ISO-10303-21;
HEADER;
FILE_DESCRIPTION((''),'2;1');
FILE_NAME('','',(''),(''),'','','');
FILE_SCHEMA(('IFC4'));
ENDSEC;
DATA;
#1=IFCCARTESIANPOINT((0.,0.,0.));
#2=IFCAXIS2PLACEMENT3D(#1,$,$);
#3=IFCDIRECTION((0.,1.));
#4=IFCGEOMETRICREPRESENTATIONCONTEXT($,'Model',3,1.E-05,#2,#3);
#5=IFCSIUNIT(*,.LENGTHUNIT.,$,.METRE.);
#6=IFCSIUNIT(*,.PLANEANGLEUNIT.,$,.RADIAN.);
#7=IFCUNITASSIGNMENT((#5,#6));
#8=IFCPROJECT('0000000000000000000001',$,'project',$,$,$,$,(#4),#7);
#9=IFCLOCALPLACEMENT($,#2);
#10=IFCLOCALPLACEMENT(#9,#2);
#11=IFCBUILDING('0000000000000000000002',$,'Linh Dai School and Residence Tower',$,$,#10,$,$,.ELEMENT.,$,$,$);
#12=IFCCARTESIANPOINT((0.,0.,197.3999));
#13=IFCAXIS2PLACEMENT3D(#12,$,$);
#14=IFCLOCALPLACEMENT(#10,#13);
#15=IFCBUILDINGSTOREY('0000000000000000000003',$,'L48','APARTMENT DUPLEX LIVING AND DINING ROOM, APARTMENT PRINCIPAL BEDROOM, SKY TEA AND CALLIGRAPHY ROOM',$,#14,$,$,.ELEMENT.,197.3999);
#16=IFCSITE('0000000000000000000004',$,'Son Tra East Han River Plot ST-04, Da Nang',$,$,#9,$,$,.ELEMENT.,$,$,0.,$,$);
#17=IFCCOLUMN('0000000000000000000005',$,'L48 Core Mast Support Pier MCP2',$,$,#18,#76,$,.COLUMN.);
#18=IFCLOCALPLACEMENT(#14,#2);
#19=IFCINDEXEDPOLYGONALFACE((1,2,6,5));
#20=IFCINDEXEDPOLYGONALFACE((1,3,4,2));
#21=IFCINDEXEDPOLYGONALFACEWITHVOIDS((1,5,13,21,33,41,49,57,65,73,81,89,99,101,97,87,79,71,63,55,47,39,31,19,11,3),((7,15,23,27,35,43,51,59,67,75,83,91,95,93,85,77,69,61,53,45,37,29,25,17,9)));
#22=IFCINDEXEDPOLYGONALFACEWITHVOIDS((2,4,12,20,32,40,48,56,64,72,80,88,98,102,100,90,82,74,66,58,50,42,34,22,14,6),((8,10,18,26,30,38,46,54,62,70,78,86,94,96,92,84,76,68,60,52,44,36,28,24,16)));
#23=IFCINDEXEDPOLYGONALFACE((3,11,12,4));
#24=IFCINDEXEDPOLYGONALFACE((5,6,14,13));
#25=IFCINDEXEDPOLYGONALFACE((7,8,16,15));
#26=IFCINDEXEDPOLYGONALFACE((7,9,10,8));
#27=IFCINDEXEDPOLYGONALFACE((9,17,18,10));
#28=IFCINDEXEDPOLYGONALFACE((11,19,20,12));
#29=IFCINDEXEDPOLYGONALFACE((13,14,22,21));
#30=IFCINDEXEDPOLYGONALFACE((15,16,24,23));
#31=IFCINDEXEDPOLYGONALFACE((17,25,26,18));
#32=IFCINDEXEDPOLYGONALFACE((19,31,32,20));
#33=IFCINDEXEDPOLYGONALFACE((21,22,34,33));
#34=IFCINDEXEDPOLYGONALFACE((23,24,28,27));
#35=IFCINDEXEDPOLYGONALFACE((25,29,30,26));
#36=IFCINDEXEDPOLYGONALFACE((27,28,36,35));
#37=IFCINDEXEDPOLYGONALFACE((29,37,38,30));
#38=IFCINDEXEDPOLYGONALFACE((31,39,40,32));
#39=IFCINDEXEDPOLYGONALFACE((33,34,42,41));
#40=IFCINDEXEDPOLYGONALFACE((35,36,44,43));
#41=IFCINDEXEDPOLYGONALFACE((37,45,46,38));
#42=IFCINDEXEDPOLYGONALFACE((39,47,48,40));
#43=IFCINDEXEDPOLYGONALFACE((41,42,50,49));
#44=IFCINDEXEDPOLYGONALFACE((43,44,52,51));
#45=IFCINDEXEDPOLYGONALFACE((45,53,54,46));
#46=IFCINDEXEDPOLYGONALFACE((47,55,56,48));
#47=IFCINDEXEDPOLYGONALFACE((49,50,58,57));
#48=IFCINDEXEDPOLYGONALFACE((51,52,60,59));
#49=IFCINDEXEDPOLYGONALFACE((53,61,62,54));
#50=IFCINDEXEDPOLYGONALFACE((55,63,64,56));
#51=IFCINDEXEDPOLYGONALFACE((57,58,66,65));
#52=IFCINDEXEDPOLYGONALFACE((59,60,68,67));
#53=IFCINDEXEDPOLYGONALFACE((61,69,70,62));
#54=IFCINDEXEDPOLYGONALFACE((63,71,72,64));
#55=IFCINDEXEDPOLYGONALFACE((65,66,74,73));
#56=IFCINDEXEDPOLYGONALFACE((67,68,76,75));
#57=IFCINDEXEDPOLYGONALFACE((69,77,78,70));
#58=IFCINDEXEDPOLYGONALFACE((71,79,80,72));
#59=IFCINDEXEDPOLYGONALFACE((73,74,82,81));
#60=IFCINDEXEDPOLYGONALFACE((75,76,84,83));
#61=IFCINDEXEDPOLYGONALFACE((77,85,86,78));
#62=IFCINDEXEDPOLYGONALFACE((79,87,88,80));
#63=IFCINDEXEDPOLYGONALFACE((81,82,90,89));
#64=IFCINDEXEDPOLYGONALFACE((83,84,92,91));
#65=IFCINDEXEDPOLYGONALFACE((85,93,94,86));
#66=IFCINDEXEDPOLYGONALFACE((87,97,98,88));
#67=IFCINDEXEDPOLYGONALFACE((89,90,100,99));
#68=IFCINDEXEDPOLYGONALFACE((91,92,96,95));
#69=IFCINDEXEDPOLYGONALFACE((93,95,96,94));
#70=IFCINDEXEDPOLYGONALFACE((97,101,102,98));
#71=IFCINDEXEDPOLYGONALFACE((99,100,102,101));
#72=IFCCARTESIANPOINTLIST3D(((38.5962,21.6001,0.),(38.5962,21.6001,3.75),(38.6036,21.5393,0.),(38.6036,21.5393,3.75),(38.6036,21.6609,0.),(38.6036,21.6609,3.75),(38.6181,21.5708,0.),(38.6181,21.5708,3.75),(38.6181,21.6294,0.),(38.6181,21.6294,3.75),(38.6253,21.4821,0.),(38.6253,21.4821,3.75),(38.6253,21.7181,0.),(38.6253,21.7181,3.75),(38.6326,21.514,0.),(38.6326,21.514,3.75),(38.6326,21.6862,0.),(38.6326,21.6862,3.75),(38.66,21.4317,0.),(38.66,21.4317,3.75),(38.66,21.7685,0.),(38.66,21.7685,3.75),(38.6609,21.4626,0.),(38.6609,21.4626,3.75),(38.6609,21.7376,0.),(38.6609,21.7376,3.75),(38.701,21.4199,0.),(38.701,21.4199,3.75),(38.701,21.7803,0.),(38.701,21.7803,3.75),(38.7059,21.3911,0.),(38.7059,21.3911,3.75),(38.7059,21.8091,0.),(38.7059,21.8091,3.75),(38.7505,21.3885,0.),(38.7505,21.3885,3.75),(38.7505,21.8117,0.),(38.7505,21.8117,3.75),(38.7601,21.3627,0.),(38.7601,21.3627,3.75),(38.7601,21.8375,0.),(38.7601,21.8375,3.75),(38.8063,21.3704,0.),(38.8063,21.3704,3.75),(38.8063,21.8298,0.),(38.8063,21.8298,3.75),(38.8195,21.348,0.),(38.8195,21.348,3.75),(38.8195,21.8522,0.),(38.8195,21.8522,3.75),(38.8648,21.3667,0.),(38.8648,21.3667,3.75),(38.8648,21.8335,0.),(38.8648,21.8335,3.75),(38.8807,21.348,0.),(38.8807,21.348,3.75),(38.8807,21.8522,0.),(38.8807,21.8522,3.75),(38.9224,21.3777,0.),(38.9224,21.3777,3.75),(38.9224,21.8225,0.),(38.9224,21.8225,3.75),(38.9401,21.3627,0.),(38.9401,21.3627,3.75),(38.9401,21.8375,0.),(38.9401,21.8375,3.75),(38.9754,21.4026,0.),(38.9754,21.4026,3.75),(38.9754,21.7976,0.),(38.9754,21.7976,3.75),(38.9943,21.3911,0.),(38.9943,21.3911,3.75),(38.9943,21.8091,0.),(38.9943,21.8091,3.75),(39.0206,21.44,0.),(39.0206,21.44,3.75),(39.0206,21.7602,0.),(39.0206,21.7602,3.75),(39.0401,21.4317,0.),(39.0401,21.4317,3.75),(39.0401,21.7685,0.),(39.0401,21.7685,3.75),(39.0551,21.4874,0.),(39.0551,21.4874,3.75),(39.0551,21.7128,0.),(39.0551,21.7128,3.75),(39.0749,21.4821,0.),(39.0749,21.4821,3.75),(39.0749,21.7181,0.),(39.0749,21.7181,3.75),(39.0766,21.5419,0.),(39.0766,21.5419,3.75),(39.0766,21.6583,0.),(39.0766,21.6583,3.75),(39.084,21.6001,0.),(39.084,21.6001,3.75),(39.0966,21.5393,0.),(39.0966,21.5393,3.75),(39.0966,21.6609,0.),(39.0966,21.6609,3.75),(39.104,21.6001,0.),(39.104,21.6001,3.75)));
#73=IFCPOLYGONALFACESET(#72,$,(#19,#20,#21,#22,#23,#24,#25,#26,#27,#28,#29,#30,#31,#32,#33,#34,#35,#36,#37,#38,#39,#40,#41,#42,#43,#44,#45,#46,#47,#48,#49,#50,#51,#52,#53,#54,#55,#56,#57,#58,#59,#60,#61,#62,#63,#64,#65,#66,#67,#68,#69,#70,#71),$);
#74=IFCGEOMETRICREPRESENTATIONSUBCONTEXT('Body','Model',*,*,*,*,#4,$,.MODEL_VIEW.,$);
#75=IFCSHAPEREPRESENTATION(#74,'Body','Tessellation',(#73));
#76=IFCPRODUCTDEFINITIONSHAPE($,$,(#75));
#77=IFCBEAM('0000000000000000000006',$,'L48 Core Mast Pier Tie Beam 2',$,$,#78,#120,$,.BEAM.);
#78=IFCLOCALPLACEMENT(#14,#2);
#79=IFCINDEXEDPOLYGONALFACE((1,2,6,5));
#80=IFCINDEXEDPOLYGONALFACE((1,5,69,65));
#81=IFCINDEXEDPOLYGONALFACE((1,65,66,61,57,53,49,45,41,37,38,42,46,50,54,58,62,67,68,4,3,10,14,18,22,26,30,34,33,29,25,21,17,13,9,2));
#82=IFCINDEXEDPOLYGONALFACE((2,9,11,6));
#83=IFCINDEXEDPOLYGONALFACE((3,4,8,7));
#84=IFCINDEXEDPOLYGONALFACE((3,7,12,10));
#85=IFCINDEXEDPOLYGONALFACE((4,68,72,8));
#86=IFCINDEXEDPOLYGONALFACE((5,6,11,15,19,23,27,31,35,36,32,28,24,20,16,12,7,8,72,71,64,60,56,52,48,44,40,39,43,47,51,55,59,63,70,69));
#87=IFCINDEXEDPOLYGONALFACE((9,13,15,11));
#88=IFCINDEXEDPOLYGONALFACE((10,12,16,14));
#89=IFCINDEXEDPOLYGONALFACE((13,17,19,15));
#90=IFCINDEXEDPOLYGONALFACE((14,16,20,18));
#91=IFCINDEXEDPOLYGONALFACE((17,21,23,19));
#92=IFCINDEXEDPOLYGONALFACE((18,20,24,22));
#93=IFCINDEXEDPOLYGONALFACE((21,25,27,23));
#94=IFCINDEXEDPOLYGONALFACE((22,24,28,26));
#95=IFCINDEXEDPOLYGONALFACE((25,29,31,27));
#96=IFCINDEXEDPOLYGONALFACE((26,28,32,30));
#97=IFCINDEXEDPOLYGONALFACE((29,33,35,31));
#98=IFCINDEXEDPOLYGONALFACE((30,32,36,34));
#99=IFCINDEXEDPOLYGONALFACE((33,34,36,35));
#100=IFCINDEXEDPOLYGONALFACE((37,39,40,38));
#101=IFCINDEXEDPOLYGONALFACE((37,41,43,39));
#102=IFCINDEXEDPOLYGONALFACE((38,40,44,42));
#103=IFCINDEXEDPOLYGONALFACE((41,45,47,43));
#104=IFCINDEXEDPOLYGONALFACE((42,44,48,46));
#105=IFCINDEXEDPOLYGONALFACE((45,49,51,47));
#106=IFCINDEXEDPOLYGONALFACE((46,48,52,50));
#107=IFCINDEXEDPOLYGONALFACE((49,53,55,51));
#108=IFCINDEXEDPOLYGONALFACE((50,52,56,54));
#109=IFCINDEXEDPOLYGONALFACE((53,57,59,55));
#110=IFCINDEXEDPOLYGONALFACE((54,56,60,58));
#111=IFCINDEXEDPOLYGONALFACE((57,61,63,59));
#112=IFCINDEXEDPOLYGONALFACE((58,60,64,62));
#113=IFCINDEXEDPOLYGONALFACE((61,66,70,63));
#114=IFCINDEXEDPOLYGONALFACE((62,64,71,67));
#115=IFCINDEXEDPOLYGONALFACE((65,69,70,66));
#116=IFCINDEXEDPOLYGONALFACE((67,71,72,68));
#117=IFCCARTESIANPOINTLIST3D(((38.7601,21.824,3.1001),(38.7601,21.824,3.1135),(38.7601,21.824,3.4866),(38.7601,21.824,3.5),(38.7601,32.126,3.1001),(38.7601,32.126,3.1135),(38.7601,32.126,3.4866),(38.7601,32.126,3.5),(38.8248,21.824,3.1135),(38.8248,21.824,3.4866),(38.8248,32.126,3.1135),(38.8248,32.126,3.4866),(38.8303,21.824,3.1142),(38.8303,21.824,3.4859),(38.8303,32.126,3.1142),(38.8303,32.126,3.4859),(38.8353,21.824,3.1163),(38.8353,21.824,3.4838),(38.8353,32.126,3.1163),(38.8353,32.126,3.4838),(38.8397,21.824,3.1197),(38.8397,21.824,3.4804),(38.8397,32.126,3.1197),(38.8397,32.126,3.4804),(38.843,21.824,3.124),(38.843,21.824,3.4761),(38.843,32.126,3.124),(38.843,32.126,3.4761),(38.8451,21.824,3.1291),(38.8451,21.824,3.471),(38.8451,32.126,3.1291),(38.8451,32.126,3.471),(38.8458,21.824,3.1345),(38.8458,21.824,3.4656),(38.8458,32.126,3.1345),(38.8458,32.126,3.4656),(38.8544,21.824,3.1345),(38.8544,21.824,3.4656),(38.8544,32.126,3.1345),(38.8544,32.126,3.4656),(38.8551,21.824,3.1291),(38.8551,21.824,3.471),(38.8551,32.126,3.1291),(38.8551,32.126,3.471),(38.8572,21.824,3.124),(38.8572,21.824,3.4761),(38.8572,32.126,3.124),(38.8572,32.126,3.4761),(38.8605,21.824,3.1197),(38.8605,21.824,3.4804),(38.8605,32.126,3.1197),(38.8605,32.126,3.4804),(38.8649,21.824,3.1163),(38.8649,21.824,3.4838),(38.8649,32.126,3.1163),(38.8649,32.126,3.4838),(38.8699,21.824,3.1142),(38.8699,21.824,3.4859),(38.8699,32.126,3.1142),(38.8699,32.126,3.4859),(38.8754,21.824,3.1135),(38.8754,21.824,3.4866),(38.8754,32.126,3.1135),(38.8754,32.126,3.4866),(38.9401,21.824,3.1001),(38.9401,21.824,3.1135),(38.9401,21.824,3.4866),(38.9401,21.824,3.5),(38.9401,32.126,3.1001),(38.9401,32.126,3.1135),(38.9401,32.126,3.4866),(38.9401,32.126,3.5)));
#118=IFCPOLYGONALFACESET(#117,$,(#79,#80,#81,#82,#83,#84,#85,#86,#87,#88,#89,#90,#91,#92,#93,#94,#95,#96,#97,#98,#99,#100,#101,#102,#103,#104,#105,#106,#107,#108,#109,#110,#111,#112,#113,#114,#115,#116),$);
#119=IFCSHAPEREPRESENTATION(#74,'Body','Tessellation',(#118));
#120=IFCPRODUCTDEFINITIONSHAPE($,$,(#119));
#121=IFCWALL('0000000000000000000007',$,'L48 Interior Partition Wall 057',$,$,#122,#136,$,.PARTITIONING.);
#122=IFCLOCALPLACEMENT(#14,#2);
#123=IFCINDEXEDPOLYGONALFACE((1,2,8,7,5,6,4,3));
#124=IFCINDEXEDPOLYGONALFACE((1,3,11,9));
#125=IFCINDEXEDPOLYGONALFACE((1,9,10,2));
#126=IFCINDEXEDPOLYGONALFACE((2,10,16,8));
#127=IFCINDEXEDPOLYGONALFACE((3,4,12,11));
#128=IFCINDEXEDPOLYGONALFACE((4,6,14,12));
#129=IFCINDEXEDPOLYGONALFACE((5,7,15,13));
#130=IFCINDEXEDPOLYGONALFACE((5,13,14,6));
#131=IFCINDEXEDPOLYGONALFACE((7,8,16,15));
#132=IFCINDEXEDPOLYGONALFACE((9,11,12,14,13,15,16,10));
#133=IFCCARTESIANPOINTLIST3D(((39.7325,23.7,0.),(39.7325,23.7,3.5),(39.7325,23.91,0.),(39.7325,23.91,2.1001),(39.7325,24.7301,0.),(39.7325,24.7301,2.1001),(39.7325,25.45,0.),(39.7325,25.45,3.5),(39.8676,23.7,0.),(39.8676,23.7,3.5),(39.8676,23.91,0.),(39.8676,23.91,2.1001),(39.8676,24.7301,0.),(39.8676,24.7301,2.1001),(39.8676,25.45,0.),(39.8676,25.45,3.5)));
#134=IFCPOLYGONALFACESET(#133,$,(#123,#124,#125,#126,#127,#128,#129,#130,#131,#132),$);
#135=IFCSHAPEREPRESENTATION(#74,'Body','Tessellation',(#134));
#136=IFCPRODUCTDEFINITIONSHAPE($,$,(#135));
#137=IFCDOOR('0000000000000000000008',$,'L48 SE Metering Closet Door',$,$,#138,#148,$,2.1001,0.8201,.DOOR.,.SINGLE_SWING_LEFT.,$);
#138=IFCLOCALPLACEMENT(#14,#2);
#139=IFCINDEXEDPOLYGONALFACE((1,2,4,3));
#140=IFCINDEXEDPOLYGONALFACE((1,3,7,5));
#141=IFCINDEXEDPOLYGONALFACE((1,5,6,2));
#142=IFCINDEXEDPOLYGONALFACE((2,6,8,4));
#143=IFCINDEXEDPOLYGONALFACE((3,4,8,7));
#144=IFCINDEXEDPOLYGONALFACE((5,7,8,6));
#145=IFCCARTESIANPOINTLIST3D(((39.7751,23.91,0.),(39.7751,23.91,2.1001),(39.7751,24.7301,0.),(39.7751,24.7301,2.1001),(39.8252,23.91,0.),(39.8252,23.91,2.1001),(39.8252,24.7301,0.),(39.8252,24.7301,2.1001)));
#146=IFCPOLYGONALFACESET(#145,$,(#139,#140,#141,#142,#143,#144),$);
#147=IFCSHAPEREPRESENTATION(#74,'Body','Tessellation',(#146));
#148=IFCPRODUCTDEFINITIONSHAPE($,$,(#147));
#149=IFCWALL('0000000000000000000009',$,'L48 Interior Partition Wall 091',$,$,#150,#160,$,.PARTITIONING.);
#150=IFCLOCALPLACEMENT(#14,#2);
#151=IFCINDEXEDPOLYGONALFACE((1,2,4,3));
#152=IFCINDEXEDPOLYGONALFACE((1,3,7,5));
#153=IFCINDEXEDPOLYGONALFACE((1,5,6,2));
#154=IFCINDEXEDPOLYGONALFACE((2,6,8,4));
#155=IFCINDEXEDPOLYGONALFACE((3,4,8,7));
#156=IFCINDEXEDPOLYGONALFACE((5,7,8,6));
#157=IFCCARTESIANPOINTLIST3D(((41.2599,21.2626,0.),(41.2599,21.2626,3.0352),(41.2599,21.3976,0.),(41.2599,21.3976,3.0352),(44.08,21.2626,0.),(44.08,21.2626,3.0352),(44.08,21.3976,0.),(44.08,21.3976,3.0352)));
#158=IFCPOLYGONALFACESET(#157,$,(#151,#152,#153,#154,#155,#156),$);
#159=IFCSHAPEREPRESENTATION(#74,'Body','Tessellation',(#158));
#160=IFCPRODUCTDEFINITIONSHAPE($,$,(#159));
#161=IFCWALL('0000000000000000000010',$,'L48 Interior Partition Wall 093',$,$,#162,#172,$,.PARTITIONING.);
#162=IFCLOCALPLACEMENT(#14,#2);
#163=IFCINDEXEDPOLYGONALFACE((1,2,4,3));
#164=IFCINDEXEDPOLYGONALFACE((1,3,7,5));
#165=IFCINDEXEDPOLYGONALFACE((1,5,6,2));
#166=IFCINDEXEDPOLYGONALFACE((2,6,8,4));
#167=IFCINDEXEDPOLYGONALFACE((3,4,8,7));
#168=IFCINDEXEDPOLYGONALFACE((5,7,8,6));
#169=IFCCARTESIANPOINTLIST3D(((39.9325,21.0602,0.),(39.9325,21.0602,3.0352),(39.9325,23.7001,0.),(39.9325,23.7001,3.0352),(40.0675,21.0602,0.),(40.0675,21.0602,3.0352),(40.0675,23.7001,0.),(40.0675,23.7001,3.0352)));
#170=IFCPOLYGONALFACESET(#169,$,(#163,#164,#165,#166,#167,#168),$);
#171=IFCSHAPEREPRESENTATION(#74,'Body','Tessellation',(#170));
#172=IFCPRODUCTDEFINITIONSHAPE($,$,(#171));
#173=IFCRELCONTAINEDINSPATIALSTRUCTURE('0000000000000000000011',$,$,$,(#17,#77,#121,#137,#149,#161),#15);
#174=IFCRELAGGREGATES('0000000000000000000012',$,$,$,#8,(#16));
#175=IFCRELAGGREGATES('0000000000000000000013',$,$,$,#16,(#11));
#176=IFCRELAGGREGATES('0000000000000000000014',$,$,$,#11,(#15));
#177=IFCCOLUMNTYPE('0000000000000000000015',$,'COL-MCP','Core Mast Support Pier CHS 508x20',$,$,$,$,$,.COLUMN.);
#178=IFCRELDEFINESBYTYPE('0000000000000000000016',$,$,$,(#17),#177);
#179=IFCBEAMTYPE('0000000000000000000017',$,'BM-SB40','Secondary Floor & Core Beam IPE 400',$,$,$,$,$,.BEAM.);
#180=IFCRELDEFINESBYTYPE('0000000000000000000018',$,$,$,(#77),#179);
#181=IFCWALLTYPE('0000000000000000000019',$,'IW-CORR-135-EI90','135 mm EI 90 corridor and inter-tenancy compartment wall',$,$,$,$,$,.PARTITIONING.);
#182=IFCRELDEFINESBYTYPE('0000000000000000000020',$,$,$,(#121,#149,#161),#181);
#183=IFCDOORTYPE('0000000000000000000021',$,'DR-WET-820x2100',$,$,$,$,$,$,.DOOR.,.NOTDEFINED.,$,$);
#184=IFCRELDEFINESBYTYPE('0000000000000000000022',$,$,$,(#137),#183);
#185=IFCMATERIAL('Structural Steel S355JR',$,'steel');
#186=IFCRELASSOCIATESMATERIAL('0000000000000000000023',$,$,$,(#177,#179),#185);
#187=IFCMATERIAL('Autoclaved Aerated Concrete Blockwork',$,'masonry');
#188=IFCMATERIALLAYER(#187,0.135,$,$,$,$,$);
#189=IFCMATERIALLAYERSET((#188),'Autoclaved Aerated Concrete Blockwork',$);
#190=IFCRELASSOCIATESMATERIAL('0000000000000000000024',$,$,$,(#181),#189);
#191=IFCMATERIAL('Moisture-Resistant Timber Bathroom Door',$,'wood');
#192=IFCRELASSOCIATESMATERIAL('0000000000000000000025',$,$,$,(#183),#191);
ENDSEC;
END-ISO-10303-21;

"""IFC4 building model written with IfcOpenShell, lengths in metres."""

from ifc_helpers import new_model, si_unit, direction, frame, frame_2d, origin, origin_2d, place, context, subcontext, project, spatial, rectangle, hollow_circle, i_section, extrude, source, transform, mapped, material, layer, layer_set, material_profile, profile_set, type_object, element, fill, save


model = new_model("IFC4")

# Units and contexts
model_context = context("Model", 3, precision=1e-05, world=origin(), true_north=direction((0.0, 1.0)))
body_context = subcontext(model_context, "Body", "Model", "MODEL_VIEW")
ifc_project = project(units=[si_unit("LENGTHUNIT", "METRE"), si_unit("PLANEANGLEUNIT", "RADIAN")], contexts=[model_context])

# Site, building, storey
site_placement = place(None, origin())
site = spatial("IfcSite", under=ifc_project, at=site_placement, Name="Son Tra East Han River Plot ST-04, Da Nang", CompositionType="ELEMENT", RefElevation=0.0)
building_placement = place(site_placement, origin())
building = spatial("IfcBuilding", under=site, at=building_placement, Name="Linh Dai School and Residence Tower", CompositionType="ELEMENT")
storey_placement = place(building_placement, frame((0.0, 0.0, 197.3999)))
storey = spatial("IfcBuildingStorey", under=building, at=storey_placement, Name="L48", Description="APARTMENT DUPLEX LIVING AND DINING ROOM, APARTMENT PRINCIPAL BEDROOM, SKY TEA AND CALLIGRAPHY ROOM", CompositionType="ELEMENT", Elevation=197.3999)

# Column
ifc_material_1 = material(Name="Structural Steel S355JR", Category="steel")
ifc_material_profile_1 = material_profile(ifc_material_1, hollow_circle(Radius=0.2539, WallThickness=0.02, at=origin_2d()), Name="CHS 508x20")
ifc_profile_set_1 = profile_set([ifc_material_profile_1], Name="Structural Steel S355JR")
column_type_1 = type_object("IfcColumnType", Name="COL-MCP", Description="Core Mast Support Pier CHS 508x20", PredefinedType="COLUMN", material=ifc_profile_set_1)
column_placement = place(storey_placement, frame((38.8501, 21.6001, 0.0), z_axis=(0.0, 0.0, 1.0), x_axis=(1.0, 0.0, 0.0)))
element("IfcColumn", 1, at=column_placement, inside=storey, type_object=column_type_1, Name="L48 Core Mast Support Pier MCP2", PredefinedType="COLUMN", context=body_context, shape_type="SweptSolid", body=[
    extrude(hollow_circle(Radius=0.2539, WallThickness=0.02, at=origin_2d()), origin(), (0.0, 0.0, 1.0), 3.75),
])

# Beam
ifc_material_profile_2 = material_profile(ifc_material_1, i_section(OverallWidth=0.1799, OverallDepth=0.3999, WebThickness=0.0085, FlangeThickness=0.0134, FilletRadius=0.021, at=origin_2d()), Name="IPE 400")
ifc_profile_set_2 = profile_set([ifc_material_profile_2], Name="Structural Steel S355JR")
beam_type = type_object("IfcBeamType", Name="BM-SB40", Description="Secondary Floor & Core Beam IPE 400", PredefinedType="BEAM", material=ifc_profile_set_2)
beam_placement = place(storey_placement, frame((38.8501, 21.824, 3.3), z_axis=(0.0, 1.0, 0.0), x_axis=(-1.0, 0.0, 0.0)))
element("IfcBeam", 2, at=beam_placement, inside=storey, type_object=beam_type, Name="L48 Core Mast Pier Tie Beam 2", PredefinedType="BEAM", context=body_context, shape_type="SweptSolid", body=[
    extrude(i_section(OverallWidth=0.1799, OverallDepth=0.3999, WebThickness=0.0085, FlangeThickness=0.0134, FilletRadius=0.021, at=origin_2d()), origin(), (0.0, 0.0, 1.0), 10.302),
])

# Wall, opening, door
ifc_material_2 = material(Name="Autoclaved Aerated Concrete Blockwork", Category="masonry")
ifc_layer_1 = layer(ifc_material_2, 0.135)
ifc_layer_set_1 = layer_set([ifc_layer_1], Name="Autoclaved Aerated Concrete Blockwork")
wall_type_1 = type_object("IfcWallType", Name="IW-CORR-135-EI90", Description="135 mm EI 90 corridor and inter-tenancy compartment wall", PredefinedType="PARTITIONING", material=ifc_layer_set_1)
wall_1_placement = place(storey_placement, frame((39.8, 23.7, 0.0), z_axis=(0.0, 0.0, 1.0), x_axis=(0.0, 1.0, 0.0)))
wall_1 = element("IfcWall", 3, at=wall_1_placement, inside=storey, type_object=wall_type_1, Name="L48 Interior Partition Wall 057", PredefinedType="PARTITIONING", context=body_context, shape_type="SweptSolid", body=[
    extrude(rectangle(XDim=1.75, YDim=0.135, at=frame_2d((0.875, 0.0))), origin(), (0.0, 0.0, 1.0), 3.5),
])
opening_1_placement = place(wall_1_placement, frame((0.21, 0.0, 0.0)))
opening_1 = element("IfcOpeningElement", 4, at=opening_1_placement, cuts=wall_1, PredefinedType="OPENING", context=body_context, shape_type="SweptSolid", body=[
    extrude(rectangle(XDim=0.8201, YDim=2.1001, at=origin_2d()), frame((0.4102, 0.0776, 1.05), z_axis=(0.0, -1.0, 0.0), x_axis=(1.0, 0.0, 0.0)), (0.0, 0.0, 1.0), 0.155),
])
ifc_material_3 = material(Name="Moisture-Resistant Timber Bathroom Door", Category="wood")
door_type_1 = type_object("IfcDoorType", Name="DR-WET-820x2100", OperationType="NOTDEFINED", PredefinedType="DOOR", material=ifc_material_3)
shared_shape_1 = source(origin(), body_context, "Body", "SweptSolid", [
    extrude(rectangle(XDim=0.8201, YDim=2.1001, at=origin_2d()), frame((0.4102, 0.0249, 1.05), z_axis=(0.0, -1.0, 0.0), x_axis=(1.0, 0.0, 0.0)), (0.0, 0.0, 1.0), 0.05),
])
door_1_placement = place(opening_1_placement, origin())
door_1 = element("IfcDoor", 5, at=door_1_placement, inside=storey, type_object=door_type_1, Name="L48 SE Metering Closet Door", OperationType="SINGLE_SWING_LEFT", OverallHeight=2.1001, OverallWidth=0.8201, PredefinedType="DOOR", context=body_context, shape_type="MappedRepresentation", body=[
    mapped(shared_shape_1, transform((0.0, 0.0, 0.0), x_axis=(1.0, 0.0, 0.0), y_axis=(0.0, 1.0, 0.0), z_axis=(0.0, 0.0, 1.0), scale=1.0)),
])
fill(opening_1, door_1)

# Walls
wall_2_placement = place(storey_placement, frame((44.0801, 21.3301, 0.0), z_axis=(0.0, 0.0, 1.0), x_axis=(-1.0, 0.0, 0.0)))
element("IfcWall", 6, at=wall_2_placement, inside=storey, type_object=wall_type_1, Name="L48 Interior Partition Wall 091", PredefinedType="PARTITIONING", context=body_context, shape_type="SweptSolid", body=[
    extrude(rectangle(XDim=2.8201, YDim=0.135, at=frame_2d((1.4102, 0.0))), origin(), (0.0, 0.0, 1.0), 3.0352),
])
wall_3_placement = place(storey_placement, frame((40.0, 23.7, 0.0), z_axis=(0.0, 0.0, 1.0), x_axis=(0.0, -1.0, 0.0)))
element("IfcWall", 7, at=wall_3_placement, inside=storey, type_object=wall_type_1, Name="L48 Interior Partition Wall 093", PredefinedType="PARTITIONING", context=body_context, shape_type="SweptSolid", body=[
    extrude(rectangle(XDim=2.6399, YDim=0.135, at=frame_2d((1.3198, 0.0))), origin(), (0.0, 0.0, 1.0), 3.0352),
])

save(model, "model.ifc")
